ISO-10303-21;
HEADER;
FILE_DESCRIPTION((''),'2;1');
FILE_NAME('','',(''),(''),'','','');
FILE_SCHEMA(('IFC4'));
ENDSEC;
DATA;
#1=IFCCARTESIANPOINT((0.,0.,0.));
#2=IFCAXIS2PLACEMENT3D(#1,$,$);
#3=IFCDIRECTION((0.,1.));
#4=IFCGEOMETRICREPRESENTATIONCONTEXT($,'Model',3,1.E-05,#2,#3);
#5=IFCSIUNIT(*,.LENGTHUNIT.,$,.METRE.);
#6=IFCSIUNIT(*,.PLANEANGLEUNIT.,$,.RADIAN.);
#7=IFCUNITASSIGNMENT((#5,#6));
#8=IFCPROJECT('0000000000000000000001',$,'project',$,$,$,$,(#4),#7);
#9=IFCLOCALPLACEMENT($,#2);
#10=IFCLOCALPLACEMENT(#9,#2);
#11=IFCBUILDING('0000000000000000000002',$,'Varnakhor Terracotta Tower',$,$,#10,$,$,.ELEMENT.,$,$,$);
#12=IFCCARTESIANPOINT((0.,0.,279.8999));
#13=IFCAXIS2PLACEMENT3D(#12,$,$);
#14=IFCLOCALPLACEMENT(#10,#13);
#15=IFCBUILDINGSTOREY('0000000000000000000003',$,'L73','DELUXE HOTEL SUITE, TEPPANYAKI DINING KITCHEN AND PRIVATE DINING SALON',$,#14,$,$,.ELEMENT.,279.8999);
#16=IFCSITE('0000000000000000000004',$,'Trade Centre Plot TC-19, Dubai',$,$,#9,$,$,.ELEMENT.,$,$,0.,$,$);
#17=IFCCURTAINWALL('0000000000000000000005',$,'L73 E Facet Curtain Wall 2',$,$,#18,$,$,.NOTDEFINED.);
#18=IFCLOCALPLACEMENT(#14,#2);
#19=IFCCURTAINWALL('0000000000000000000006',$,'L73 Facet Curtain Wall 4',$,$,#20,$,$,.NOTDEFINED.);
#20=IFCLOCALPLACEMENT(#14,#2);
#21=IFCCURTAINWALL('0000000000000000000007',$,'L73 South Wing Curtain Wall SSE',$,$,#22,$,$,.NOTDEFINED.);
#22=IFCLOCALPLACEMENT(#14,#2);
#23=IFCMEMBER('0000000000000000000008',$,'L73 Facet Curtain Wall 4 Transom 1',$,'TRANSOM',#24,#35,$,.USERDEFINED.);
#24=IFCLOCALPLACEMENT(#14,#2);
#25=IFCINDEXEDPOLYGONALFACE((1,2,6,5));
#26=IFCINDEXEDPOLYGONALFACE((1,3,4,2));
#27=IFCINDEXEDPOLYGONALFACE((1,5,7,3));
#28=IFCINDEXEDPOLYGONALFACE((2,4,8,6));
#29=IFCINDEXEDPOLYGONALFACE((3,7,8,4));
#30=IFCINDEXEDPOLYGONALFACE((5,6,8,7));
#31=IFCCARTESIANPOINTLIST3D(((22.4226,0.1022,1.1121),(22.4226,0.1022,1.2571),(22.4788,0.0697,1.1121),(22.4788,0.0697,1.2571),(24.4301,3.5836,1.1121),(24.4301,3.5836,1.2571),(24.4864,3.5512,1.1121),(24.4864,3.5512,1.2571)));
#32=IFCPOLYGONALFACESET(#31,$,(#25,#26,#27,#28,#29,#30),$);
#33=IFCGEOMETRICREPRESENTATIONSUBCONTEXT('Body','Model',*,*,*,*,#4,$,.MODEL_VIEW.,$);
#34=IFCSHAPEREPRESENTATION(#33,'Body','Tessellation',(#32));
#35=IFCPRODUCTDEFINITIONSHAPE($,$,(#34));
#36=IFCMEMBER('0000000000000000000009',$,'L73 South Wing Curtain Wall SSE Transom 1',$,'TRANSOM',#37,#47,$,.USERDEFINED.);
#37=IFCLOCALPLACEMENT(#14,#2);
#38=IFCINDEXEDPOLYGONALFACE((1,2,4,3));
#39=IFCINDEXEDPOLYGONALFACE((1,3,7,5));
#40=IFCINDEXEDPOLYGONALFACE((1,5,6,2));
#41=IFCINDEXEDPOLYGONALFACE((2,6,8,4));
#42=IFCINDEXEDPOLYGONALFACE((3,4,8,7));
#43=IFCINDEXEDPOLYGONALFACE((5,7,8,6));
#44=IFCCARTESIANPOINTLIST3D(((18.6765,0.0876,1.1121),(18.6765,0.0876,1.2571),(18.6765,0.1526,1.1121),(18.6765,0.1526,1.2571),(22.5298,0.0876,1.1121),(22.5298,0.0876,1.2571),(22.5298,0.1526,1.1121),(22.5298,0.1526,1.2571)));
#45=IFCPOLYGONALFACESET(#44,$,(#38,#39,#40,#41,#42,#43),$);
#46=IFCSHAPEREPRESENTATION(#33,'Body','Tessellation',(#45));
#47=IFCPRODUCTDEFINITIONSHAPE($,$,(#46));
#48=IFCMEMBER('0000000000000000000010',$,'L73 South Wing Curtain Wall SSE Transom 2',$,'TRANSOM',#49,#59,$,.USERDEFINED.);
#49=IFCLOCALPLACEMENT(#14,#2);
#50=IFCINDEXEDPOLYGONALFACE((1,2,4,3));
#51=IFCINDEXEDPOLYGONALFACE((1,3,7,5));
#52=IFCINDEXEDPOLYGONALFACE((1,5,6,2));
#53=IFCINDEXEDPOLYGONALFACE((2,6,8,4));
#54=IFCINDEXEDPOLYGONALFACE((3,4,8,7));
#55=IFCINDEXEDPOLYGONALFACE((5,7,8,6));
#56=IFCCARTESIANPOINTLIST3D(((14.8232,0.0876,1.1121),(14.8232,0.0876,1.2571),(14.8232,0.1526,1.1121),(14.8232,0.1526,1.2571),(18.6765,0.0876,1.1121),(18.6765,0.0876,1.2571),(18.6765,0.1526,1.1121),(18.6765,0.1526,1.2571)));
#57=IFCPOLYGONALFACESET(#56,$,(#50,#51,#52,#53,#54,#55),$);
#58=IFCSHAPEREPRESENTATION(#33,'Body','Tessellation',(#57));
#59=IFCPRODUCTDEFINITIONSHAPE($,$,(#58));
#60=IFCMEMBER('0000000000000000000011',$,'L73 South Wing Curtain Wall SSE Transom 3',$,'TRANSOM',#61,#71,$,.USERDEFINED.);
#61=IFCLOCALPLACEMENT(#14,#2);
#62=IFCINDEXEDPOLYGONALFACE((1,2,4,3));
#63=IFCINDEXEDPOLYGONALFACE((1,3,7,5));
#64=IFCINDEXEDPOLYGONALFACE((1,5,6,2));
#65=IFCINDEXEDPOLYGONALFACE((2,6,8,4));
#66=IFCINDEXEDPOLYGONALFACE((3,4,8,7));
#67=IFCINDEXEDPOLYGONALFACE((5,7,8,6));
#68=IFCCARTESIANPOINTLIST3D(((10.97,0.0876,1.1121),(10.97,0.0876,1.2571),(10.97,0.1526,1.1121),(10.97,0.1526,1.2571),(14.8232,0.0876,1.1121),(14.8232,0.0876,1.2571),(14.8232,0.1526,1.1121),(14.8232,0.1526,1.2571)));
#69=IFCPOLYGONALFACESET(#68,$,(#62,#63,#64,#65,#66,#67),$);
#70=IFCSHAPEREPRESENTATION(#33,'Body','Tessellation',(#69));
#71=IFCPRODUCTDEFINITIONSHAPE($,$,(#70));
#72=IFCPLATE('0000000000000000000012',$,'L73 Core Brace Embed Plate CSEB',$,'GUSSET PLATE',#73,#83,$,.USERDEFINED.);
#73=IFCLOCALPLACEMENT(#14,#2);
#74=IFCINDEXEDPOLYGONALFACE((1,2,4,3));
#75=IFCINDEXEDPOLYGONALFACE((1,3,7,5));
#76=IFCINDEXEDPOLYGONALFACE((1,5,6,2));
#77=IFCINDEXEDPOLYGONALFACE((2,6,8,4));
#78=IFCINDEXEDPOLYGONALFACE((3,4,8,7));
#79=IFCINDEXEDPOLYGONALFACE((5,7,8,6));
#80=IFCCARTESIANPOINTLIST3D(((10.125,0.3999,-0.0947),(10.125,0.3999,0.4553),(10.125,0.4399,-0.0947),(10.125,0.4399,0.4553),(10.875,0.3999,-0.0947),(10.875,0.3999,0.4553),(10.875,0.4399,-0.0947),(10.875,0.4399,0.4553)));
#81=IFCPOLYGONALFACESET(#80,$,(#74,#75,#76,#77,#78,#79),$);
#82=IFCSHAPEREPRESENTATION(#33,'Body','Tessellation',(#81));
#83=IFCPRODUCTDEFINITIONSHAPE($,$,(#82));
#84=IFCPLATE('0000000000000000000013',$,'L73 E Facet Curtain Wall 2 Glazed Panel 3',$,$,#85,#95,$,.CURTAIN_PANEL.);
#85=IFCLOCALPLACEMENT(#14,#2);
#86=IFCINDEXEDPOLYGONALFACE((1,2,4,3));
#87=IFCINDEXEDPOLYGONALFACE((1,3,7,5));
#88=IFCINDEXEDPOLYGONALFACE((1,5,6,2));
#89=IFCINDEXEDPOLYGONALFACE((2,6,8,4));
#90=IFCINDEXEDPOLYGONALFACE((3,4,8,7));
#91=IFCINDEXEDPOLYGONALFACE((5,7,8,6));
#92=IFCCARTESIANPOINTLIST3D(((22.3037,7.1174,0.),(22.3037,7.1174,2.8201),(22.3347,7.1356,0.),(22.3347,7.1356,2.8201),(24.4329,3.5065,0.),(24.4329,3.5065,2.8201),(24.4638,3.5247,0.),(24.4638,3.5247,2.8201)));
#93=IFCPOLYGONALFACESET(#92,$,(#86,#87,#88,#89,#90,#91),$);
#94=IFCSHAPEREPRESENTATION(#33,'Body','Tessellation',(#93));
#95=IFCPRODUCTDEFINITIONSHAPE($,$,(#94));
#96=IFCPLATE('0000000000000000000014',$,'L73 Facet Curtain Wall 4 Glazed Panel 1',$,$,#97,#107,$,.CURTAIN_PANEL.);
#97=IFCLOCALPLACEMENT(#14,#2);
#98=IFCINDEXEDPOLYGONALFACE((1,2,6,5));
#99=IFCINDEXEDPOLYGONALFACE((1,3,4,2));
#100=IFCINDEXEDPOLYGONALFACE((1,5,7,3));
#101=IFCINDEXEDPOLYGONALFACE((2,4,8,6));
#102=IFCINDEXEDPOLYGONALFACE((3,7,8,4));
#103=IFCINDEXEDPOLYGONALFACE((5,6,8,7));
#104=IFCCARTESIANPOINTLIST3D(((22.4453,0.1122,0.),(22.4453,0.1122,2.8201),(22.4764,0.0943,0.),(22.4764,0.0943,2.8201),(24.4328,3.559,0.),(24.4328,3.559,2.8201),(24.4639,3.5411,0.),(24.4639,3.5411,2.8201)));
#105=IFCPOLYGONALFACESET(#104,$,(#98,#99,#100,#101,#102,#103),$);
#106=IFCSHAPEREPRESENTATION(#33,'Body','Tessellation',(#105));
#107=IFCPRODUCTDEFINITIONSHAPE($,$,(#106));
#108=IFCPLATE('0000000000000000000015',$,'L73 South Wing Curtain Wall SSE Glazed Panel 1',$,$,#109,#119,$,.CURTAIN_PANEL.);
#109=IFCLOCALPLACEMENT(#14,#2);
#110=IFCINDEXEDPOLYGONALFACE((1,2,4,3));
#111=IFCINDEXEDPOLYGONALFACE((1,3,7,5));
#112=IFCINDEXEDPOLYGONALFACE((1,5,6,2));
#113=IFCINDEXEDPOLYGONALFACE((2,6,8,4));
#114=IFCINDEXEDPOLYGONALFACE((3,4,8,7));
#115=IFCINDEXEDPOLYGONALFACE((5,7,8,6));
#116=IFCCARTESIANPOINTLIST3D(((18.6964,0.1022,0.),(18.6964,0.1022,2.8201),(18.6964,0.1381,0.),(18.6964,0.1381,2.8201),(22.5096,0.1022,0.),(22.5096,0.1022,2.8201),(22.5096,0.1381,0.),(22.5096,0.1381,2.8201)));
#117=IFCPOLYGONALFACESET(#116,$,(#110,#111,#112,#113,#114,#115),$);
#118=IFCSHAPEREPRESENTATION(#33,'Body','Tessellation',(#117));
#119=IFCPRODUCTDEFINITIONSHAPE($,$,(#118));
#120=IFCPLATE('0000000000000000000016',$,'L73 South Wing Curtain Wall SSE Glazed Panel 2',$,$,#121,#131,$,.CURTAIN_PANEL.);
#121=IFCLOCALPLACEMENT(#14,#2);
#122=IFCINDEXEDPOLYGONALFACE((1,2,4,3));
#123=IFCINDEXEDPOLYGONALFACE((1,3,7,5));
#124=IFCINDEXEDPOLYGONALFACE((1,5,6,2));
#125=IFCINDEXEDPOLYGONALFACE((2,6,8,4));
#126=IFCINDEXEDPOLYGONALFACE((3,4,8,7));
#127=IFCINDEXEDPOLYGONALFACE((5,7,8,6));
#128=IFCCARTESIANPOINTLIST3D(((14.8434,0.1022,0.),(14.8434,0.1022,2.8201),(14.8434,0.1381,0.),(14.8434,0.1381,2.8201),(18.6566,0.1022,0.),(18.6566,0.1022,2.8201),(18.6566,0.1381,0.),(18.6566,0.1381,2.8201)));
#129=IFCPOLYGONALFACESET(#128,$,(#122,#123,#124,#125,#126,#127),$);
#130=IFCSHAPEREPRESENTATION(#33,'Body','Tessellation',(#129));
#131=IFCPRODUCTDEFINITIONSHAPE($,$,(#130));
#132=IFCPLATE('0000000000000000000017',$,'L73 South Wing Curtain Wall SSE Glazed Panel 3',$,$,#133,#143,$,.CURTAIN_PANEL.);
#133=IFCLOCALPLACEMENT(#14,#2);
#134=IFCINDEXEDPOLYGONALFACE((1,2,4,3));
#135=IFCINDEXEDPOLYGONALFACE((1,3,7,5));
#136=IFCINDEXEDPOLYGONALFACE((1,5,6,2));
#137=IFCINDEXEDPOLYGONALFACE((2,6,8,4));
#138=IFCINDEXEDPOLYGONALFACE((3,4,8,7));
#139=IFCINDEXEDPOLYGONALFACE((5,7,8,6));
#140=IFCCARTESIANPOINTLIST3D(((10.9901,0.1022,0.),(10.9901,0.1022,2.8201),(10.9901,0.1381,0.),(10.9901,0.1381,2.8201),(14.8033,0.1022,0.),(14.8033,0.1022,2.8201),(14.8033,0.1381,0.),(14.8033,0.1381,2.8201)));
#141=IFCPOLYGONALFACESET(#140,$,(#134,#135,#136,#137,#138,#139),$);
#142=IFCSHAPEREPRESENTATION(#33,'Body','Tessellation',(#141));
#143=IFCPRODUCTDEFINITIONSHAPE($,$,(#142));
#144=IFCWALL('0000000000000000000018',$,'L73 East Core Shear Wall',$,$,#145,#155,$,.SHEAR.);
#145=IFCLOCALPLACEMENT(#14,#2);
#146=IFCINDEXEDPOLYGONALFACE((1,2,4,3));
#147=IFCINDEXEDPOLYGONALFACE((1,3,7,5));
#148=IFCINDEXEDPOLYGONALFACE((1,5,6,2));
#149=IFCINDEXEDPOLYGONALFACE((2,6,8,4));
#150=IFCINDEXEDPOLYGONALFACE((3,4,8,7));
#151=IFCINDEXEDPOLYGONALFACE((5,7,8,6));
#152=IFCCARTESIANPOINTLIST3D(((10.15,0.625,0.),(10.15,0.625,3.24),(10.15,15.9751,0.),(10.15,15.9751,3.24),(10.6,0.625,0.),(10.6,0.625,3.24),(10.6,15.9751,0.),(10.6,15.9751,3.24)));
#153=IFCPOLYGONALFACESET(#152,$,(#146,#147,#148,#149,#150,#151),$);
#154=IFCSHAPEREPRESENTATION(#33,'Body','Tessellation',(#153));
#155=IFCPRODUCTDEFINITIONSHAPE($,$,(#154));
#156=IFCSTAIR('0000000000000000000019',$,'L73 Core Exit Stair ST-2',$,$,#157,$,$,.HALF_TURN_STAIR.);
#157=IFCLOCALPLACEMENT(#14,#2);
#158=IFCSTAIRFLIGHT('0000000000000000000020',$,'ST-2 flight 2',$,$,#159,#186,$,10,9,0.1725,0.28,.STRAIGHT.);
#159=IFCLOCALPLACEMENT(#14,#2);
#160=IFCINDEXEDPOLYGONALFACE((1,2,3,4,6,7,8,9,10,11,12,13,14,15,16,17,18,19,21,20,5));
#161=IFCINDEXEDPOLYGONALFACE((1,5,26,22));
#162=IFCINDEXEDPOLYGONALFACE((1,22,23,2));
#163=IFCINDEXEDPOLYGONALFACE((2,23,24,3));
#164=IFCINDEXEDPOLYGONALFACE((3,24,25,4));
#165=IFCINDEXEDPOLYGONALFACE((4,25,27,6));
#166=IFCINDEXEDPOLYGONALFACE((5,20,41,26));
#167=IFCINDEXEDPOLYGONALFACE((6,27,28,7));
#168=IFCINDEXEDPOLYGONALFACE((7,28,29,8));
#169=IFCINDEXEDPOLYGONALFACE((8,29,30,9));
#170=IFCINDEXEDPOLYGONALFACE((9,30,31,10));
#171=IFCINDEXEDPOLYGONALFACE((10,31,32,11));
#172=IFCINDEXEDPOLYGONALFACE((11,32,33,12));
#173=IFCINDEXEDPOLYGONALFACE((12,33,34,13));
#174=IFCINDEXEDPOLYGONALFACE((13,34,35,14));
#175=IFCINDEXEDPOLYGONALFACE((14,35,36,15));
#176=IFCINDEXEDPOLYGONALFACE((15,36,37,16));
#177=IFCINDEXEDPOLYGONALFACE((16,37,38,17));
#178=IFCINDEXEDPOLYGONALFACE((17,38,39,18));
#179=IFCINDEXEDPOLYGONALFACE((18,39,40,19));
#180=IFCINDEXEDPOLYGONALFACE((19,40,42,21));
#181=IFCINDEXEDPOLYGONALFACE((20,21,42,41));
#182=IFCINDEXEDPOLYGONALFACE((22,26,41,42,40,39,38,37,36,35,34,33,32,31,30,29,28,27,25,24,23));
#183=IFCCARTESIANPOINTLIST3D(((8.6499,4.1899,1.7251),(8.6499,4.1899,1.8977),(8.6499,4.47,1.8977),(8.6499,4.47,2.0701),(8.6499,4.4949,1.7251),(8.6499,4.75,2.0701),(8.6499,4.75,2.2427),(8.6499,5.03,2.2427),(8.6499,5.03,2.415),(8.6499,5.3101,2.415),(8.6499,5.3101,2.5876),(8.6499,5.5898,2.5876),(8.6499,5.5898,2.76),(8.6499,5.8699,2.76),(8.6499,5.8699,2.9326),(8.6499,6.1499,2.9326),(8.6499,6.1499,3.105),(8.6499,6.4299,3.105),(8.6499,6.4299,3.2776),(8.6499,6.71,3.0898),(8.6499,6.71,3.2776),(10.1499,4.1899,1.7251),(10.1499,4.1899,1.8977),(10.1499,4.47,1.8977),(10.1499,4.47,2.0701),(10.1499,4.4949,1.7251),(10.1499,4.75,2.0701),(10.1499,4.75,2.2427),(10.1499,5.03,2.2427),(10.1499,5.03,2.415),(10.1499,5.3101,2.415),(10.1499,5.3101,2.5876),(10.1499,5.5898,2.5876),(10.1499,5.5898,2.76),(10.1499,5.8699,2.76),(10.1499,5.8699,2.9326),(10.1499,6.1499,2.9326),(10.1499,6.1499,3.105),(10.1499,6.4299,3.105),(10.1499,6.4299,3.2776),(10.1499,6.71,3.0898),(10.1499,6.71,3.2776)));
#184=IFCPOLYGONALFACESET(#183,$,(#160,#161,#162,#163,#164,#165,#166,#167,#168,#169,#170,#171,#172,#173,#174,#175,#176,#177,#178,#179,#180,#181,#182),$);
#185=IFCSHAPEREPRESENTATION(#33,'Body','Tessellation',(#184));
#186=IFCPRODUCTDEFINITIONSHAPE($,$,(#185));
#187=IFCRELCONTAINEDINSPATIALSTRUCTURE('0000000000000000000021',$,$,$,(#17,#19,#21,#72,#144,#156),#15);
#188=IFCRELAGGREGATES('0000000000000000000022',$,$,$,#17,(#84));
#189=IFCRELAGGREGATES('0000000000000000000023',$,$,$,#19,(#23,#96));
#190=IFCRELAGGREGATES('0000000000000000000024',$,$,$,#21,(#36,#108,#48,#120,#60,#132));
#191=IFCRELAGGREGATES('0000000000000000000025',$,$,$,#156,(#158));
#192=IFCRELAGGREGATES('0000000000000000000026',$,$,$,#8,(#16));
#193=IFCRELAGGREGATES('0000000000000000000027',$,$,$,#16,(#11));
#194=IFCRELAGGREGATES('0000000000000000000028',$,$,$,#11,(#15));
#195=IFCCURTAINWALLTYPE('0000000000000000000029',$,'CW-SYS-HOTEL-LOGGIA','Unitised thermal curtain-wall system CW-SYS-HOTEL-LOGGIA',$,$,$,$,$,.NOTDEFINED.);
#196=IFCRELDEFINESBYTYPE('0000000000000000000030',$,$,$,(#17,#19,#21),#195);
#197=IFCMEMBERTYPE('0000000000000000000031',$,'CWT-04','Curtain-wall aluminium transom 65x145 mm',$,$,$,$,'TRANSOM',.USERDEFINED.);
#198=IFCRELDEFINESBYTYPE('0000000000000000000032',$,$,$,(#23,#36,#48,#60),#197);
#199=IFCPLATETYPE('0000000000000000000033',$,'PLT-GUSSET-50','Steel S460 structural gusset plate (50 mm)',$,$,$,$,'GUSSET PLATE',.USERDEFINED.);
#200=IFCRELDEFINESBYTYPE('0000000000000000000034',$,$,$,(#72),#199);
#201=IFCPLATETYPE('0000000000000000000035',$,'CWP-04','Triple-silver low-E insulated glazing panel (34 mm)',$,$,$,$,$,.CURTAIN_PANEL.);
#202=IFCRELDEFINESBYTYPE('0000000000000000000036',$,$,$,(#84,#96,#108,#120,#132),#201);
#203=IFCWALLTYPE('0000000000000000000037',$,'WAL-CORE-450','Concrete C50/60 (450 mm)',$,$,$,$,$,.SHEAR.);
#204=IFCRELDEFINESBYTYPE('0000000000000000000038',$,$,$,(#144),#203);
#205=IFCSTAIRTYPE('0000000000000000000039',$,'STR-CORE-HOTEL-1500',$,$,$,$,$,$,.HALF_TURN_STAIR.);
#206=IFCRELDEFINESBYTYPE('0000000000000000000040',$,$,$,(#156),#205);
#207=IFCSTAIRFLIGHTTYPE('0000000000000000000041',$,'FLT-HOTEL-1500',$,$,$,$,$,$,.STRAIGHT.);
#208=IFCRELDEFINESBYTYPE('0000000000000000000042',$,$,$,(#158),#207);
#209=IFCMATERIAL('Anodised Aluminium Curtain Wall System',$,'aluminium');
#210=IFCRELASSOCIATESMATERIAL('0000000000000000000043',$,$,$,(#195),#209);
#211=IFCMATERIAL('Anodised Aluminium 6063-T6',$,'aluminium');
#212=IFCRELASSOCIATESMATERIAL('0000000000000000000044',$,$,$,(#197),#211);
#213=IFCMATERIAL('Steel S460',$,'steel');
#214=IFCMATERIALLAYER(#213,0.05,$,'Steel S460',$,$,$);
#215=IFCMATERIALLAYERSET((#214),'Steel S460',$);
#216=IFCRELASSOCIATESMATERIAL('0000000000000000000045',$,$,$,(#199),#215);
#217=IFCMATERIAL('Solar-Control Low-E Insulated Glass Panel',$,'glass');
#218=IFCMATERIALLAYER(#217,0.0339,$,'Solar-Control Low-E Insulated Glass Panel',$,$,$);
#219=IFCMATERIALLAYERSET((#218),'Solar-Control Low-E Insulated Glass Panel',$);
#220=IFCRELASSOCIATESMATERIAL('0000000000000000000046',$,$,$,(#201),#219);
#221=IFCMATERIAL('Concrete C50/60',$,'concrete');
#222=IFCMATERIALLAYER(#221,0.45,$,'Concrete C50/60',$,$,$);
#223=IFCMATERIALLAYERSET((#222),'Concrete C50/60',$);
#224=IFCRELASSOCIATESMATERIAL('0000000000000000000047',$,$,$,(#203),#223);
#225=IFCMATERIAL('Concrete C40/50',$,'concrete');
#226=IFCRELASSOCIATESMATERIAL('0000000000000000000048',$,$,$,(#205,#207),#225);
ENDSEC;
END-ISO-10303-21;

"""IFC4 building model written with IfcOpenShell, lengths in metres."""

from ifc_helpers import new_model, si_unit, direction, frame, frame_2d, origin, origin_2d, place, context, subcontext, project, spatial, polyline, rectangle, outline, extrude, source, transform, mapped, material, layer, layer_set, material_profile, profile_set, type_object, type_shapes, element, aggregate, save


model = new_model("IFC4")

# Units and contexts
model_context = context("Model", 3, precision=1e-05, world=origin(), true_north=direction((0.0, 1.0)))
body_context = subcontext(model_context, "Body", "Model", "MODEL_VIEW")
ifc_project = project(units=[si_unit("LENGTHUNIT", "METRE"), si_unit("PLANEANGLEUNIT", "RADIAN")], contexts=[model_context])

# Site, building, storey
site_placement = place(None, origin())
site = spatial("IfcSite", under=ifc_project, at=site_placement, Name="Trade Centre Plot TC-19, Dubai", CompositionType="ELEMENT", RefElevation=0.0)
building_placement = place(site_placement, origin())
building = spatial("IfcBuilding", under=site, at=building_placement, Name="Varnakhor Terracotta Tower", CompositionType="ELEMENT")
storey_placement = place(building_placement, frame((0.0, 0.0, 279.8999)))
storey = spatial("IfcBuildingStorey", under=building, at=storey_placement, Name="L73", Description="DELUXE HOTEL SUITE, TEPPANYAKI DINING KITCHEN AND PRIVATE DINING SALON", CompositionType="ELEMENT", Elevation=279.8999)

# Shared definitions
ifc_material_1 = material(Name="Concrete C50/60", Category="concrete")

# Curtain walls
ifc_material_2 = material(Name="Anodised Aluminium Curtain Wall System", Category="aluminium")
curtain_wall_type = type_object("IfcCurtainWallType", Name="CW-SYS-HOTEL-LOGGIA", Description="Unitised thermal curtain-wall system CW-SYS-HOTEL-LOGGIA", PredefinedType="NOTDEFINED", material=ifc_material_2)
curtain_wall_1_placement = place(storey_placement, origin())
curtain_wall_1 = element("IfcCurtainWall", 1, at=curtain_wall_1_placement, inside=storey, type_object=curtain_wall_type, Name="L73 E Facet Curtain Wall 2", PredefinedType="NOTDEFINED")
ifc_material_3 = material(Name="Anodised Aluminium 6063-T6", Category="aluminium")
curtain_wall_2_placement = place(storey_placement, origin())
curtain_wall_2 = element("IfcCurtainWall", 2, at=curtain_wall_2_placement, inside=storey, type_object=curtain_wall_type, Name="L73 Facet Curtain Wall 4", PredefinedType="NOTDEFINED")

# Curtain wall
curtain_wall_3_placement = place(storey_placement, origin())
curtain_wall_3 = element("IfcCurtainWall", 3, at=curtain_wall_3_placement, inside=storey, type_object=curtain_wall_type, Name="L73 South Wing Curtain Wall SSE", PredefinedType="NOTDEFINED")

# Members
ifc_material_profile_1 = material_profile(ifc_material_3, rectangle(XDim=0.0649, YDim=0.145, at=origin_2d()), Name="ALU TRANSOM 65x145")
ifc_profile_set_1 = profile_set([ifc_material_profile_1], Name="Anodised Aluminium 6063-T6")
member_type_1 = type_object("IfcMemberType", Name="CWT-04", Description="Curtain-wall aluminium transom 65x145 mm", ElementType="TRANSOM", PredefinedType="USERDEFINED", material=ifc_profile_set_1)
shared_shape_1 = source(origin(), body_context, "Body", "SweptSolid", [
    extrude(rectangle(XDim=0.0649, YDim=0.145, at=origin_2d()), origin(), (0.0, 0.0, 1.0), 4.0188),
])
member_1_placement = place(storey_placement, frame((24.4583, 3.5674, 1.1846), z_axis=(-0.499544, -0.866289, 0.0), x_axis=(0.866289, -0.499544, 0.0)))
member_1 = element("IfcMember", 4, at=member_1_placement, type_object=member_type_1, Name="L73 Facet Curtain Wall 4 Transom 1", ObjectType="TRANSOM", PredefinedType="USERDEFINED", context=body_context, shape_type="MappedRepresentation", body=[
    mapped(shared_shape_1, transform((0.0, 0.0, 0.0), scale=1.0)),
])
shared_shape_2 = source(origin(), body_context, "Body", "SweptSolid", [
    extrude(rectangle(XDim=0.0649, YDim=0.145, at=origin_2d()), origin(), (0.0, 0.0, 1.0), 3.8533),
])
member_2_placement = place(storey_placement, frame((22.5298, 0.1201, 1.1846), z_axis=(-1.0, 0.0, 0.0), x_axis=(0.0, -1.0, 0.0)))
member_2 = element("IfcMember", 5, at=member_2_placement, type_object=member_type_1, Name="L73 South Wing Curtain Wall SSE Transom 1", ObjectType="TRANSOM", PredefinedType="USERDEFINED", context=body_context, shape_type="MappedRepresentation", body=[
    mapped(shared_shape_2, transform((0.0, 0.0, 0.0), scale=1.0)),
])
member_3_placement = place(storey_placement, frame((18.6765, 0.1201, 1.1846), z_axis=(-1.0, 0.0, 0.0), x_axis=(0.0, -1.0, 0.0)))
member_3 = element("IfcMember", 6, at=member_3_placement, type_object=member_type_1, Name="L73 South Wing Curtain Wall SSE Transom 2", ObjectType="TRANSOM", PredefinedType="USERDEFINED", context=body_context, shape_type="MappedRepresentation", body=[
    mapped(shared_shape_2, transform((0.0, 0.0, 0.0), scale=1.0)),
])
member_4_placement = place(storey_placement, frame((14.8232, 0.1201, 1.1846), z_axis=(-1.0, 0.0, 0.0), x_axis=(0.0, -1.0, 0.0)))
member_4 = element("IfcMember", 7, at=member_4_placement, type_object=member_type_1, Name="L73 South Wing Curtain Wall SSE Transom 3", ObjectType="TRANSOM", PredefinedType="USERDEFINED", context=body_context, shape_type="MappedRepresentation", body=[
    mapped(shared_shape_2, transform((0.0, 0.0, 0.0), scale=1.0)),
])

# Plates
ifc_material_4 = material(Name="Steel S460", Category="steel")
ifc_layer_1 = layer(ifc_material_4, 0.05, Name="Steel S460")
ifc_layer_set_1 = layer_set([ifc_layer_1], Name="Steel S460")
plate_type_1 = type_object("IfcPlateType", Name="PLT-GUSSET-50", Description="Steel S460 structural gusset plate (50 mm)", ElementType="GUSSET PLATE", PredefinedType="USERDEFINED", material=ifc_layer_set_1)
shared_shape_3 = source(origin(), body_context, "Body", "SweptSolid", [
    extrude(rectangle(XDim=0.75, YDim=0.04, at=origin_2d()), origin(), (0.0, 0.0, 1.0), 0.55),
])
type_shapes(plate_type_1, [shared_shape_3])
plate_1_placement = place(storey_placement, frame((10.5, 0.4199, -0.0947), z_axis=(0.0, 0.0, 1.0), x_axis=(1.0, 0.0, 0.0)))
element("IfcPlate", 8, at=plate_1_placement, inside=storey, type_object=plate_type_1, Name="L73 Core Brace Embed Plate CSEB", ObjectType="GUSSET PLATE", PredefinedType="USERDEFINED", context=body_context, shape_type="MappedRepresentation", body=[
    mapped(shared_shape_3, transform((0.0, 0.0, 0.0), scale=1.0)),
])
ifc_material_5 = material(Name="Solar-Control Low-E Insulated Glass Panel", Category="glass")
ifc_layer_2 = layer(ifc_material_5, 0.0339, Name="Solar-Control Low-E Insulated Glass Panel")
ifc_layer_set_2 = layer_set([ifc_layer_2], Name="Solar-Control Low-E Insulated Glass Panel")
plate_type_2 = type_object("IfcPlateType", Name="CWP-04", Description="Triple-silver low-E insulated glazing panel (34 mm)", PredefinedType="CURTAIN_PANEL", material=ifc_layer_set_2)
shared_shape_4 = source(origin(), body_context, "Body", "SweptSolid", [
    extrude(rectangle(XDim=4.1919, YDim=0.0359, at=origin_2d()), origin(), (0.0, 0.0, 1.0), 2.8201),
])
plate_2_placement = place(storey_placement, frame((23.3838, 5.321, 0.0), z_axis=(0.0, 0.0, 1.0), x_axis=(0.507929, -0.861399, 0.0)))
plate_2 = element("IfcPlate", 9, at=plate_2_placement, type_object=plate_type_2, Name="L73 E Facet Curtain Wall 2 Glazed Panel 3", PredefinedType="CURTAIN_PANEL", context=body_context, shape_type="MappedRepresentation", body=[
    mapped(shared_shape_4, transform((0.0, 0.0, 0.0), scale=1.0)),
])
aggregate(curtain_wall_1, [plate_2])
shared_shape_5 = source(origin(), body_context, "Body", "SweptSolid", [
    extrude(rectangle(XDim=3.9788, YDim=0.0359, at=origin_2d()), origin(), (0.0, 0.0, 1.0), 2.8201),
])
plate_3_placement = place(storey_placement, frame((23.4546, 1.8267, 0.0), z_axis=(0.0, 0.0, 1.0), x_axis=(-0.499516, -0.866305, 0.0)))
plate_3 = element("IfcPlate", 10, at=plate_3_placement, type_object=plate_type_2, Name="L73 Facet Curtain Wall 4 Glazed Panel 1", PredefinedType="CURTAIN_PANEL", context=body_context, shape_type="MappedRepresentation", body=[
    mapped(shared_shape_5, transform((0.0, 0.0, 0.0), scale=1.0)),
])
aggregate(curtain_wall_2, [member_1, plate_3])
shared_shape_6 = source(origin(), body_context, "Body", "SweptSolid", [
    extrude(rectangle(XDim=3.8132, YDim=0.0359, at=origin_2d()), origin(), (0.0, 0.0, 1.0), 2.8201),
])
plate_4_placement = place(storey_placement, frame((20.603, 0.1201, 0.0), z_axis=(0.0, 0.0, 1.0), x_axis=(-1.0, 0.0, 0.0)))
plate_4 = element("IfcPlate", 11, at=plate_4_placement, type_object=plate_type_2, Name="L73 South Wing Curtain Wall SSE Glazed Panel 1", PredefinedType="CURTAIN_PANEL", context=body_context, shape_type="MappedRepresentation", body=[
    mapped(shared_shape_6, transform((0.0, 0.0, 0.0), scale=1.0)),
])
plate_5_placement = place(storey_placement, frame((16.75, 0.1201, 0.0), z_axis=(0.0, 0.0, 1.0), x_axis=(-1.0, 0.0, 0.0)))
plate_5 = element("IfcPlate", 12, at=plate_5_placement, type_object=plate_type_2, Name="L73 South Wing Curtain Wall SSE Glazed Panel 2", PredefinedType="CURTAIN_PANEL", context=body_context, shape_type="MappedRepresentation", body=[
    mapped(shared_shape_6, transform((0.0, 0.0, 0.0), scale=1.0)),
])
plate_6_placement = place(storey_placement, frame((12.8967, 0.1201, 0.0), z_axis=(0.0, 0.0, 1.0), x_axis=(-1.0, 0.0, 0.0)))
plate_6 = element("IfcPlate", 13, at=plate_6_placement, type_object=plate_type_2, Name="L73 South Wing Curtain Wall SSE Glazed Panel 3", PredefinedType="CURTAIN_PANEL", context=body_context, shape_type="MappedRepresentation", body=[
    mapped(shared_shape_6, transform((0.0, 0.0, 0.0), scale=1.0)),
])
aggregate(curtain_wall_3, [member_2, plate_4, member_3, plate_5, member_4, plate_6])

# Wall
ifc_layer_3 = layer(ifc_material_1, 0.45, Name="Concrete C50/60")
ifc_layer_set_3 = layer_set([ifc_layer_3], Name="Concrete C50/60")
wall_type = type_object("IfcWallType", Name="WAL-CORE-450", Description="Concrete C50/60 (450 mm)", PredefinedType="SHEAR", material=ifc_layer_set_3)
wall_placement = place(storey_placement, frame((10.375, 0.625, 0.0), z_axis=(0.0, 0.0, 1.0), x_axis=(0.0, 1.0, 0.0)))
element("IfcWall", 14, at=wall_placement, inside=storey, type_object=wall_type, Name="L73 East Core Shear Wall", PredefinedType="SHEAR", context=body_context, shape_type="SweptSolid", body=[
    extrude(rectangle(XDim=15.3501, YDim=0.45, at=frame_2d((7.675, 0.0))), origin(), (0.0, 0.0, 1.0), 3.24),
])

# Stair, stair flight
ifc_material_6 = material(Name="Concrete C40/50", Category="concrete")
stair_type = type_object("IfcStairType", Name="STR-CORE-HOTEL-1500", PredefinedType="HALF_TURN_STAIR", material=ifc_material_6)
stair_placement = place(storey_placement, origin())
stair = element("IfcStair", 15, at=stair_placement, inside=storey, type_object=stair_type, Name="L73 Core Exit Stair ST-2", PredefinedType="HALF_TURN_STAIR")
stair_flight_type = type_object("IfcStairFlightType", Name="FLT-HOTEL-1500", PredefinedType="STRAIGHT", material=ifc_material_6)
stair_flight_placement = place(storey_placement, frame((9.3999, 4.1899, 1.7251), z_axis=(0.0, 0.0, 1.0), x_axis=(0.0, 1.0, 0.0)))
stair_flight = element("IfcStairFlight", 16, at=stair_flight_placement, type_object=stair_flight_type, Name="ST-2 flight 2", NumberOfRisers=10, NumberOfTreads=9, PredefinedType="STRAIGHT", RiserHeight=0.1725, TreadLength=0.28, context=body_context, shape_type="SweptSolid", body=[
    extrude(outline(polyline([(0.0, 0.0), (0.0, 0.1726), (0.28, 0.1726), (0.28, 0.345), (0.5601, 0.345), (0.5601, 0.5176), (0.8401, 0.5176), (0.8401, 0.6899), (1.1201, 0.6899), (1.1201, 0.8625), (1.3999, 0.8625), (1.3999, 1.0349), (1.6799, 1.0349), (1.6799, 1.2075), (1.96, 1.2075), (1.96, 1.3799), (2.24, 1.3799), (2.24, 1.5525), (2.52, 1.5525), (2.52, 1.7251), (2.52, 1.3647), (0.3049, 0.0), (0.0, 0.0)])), frame((0.0, 0.75, 0.0), z_axis=(0.0, -1.0, 0.0), x_axis=(1.0, 0.0, 0.0)), (0.0, 0.0, 1.0), 1.5),
])
aggregate(stair, [stair_flight])

save(model, "model.ifc")
